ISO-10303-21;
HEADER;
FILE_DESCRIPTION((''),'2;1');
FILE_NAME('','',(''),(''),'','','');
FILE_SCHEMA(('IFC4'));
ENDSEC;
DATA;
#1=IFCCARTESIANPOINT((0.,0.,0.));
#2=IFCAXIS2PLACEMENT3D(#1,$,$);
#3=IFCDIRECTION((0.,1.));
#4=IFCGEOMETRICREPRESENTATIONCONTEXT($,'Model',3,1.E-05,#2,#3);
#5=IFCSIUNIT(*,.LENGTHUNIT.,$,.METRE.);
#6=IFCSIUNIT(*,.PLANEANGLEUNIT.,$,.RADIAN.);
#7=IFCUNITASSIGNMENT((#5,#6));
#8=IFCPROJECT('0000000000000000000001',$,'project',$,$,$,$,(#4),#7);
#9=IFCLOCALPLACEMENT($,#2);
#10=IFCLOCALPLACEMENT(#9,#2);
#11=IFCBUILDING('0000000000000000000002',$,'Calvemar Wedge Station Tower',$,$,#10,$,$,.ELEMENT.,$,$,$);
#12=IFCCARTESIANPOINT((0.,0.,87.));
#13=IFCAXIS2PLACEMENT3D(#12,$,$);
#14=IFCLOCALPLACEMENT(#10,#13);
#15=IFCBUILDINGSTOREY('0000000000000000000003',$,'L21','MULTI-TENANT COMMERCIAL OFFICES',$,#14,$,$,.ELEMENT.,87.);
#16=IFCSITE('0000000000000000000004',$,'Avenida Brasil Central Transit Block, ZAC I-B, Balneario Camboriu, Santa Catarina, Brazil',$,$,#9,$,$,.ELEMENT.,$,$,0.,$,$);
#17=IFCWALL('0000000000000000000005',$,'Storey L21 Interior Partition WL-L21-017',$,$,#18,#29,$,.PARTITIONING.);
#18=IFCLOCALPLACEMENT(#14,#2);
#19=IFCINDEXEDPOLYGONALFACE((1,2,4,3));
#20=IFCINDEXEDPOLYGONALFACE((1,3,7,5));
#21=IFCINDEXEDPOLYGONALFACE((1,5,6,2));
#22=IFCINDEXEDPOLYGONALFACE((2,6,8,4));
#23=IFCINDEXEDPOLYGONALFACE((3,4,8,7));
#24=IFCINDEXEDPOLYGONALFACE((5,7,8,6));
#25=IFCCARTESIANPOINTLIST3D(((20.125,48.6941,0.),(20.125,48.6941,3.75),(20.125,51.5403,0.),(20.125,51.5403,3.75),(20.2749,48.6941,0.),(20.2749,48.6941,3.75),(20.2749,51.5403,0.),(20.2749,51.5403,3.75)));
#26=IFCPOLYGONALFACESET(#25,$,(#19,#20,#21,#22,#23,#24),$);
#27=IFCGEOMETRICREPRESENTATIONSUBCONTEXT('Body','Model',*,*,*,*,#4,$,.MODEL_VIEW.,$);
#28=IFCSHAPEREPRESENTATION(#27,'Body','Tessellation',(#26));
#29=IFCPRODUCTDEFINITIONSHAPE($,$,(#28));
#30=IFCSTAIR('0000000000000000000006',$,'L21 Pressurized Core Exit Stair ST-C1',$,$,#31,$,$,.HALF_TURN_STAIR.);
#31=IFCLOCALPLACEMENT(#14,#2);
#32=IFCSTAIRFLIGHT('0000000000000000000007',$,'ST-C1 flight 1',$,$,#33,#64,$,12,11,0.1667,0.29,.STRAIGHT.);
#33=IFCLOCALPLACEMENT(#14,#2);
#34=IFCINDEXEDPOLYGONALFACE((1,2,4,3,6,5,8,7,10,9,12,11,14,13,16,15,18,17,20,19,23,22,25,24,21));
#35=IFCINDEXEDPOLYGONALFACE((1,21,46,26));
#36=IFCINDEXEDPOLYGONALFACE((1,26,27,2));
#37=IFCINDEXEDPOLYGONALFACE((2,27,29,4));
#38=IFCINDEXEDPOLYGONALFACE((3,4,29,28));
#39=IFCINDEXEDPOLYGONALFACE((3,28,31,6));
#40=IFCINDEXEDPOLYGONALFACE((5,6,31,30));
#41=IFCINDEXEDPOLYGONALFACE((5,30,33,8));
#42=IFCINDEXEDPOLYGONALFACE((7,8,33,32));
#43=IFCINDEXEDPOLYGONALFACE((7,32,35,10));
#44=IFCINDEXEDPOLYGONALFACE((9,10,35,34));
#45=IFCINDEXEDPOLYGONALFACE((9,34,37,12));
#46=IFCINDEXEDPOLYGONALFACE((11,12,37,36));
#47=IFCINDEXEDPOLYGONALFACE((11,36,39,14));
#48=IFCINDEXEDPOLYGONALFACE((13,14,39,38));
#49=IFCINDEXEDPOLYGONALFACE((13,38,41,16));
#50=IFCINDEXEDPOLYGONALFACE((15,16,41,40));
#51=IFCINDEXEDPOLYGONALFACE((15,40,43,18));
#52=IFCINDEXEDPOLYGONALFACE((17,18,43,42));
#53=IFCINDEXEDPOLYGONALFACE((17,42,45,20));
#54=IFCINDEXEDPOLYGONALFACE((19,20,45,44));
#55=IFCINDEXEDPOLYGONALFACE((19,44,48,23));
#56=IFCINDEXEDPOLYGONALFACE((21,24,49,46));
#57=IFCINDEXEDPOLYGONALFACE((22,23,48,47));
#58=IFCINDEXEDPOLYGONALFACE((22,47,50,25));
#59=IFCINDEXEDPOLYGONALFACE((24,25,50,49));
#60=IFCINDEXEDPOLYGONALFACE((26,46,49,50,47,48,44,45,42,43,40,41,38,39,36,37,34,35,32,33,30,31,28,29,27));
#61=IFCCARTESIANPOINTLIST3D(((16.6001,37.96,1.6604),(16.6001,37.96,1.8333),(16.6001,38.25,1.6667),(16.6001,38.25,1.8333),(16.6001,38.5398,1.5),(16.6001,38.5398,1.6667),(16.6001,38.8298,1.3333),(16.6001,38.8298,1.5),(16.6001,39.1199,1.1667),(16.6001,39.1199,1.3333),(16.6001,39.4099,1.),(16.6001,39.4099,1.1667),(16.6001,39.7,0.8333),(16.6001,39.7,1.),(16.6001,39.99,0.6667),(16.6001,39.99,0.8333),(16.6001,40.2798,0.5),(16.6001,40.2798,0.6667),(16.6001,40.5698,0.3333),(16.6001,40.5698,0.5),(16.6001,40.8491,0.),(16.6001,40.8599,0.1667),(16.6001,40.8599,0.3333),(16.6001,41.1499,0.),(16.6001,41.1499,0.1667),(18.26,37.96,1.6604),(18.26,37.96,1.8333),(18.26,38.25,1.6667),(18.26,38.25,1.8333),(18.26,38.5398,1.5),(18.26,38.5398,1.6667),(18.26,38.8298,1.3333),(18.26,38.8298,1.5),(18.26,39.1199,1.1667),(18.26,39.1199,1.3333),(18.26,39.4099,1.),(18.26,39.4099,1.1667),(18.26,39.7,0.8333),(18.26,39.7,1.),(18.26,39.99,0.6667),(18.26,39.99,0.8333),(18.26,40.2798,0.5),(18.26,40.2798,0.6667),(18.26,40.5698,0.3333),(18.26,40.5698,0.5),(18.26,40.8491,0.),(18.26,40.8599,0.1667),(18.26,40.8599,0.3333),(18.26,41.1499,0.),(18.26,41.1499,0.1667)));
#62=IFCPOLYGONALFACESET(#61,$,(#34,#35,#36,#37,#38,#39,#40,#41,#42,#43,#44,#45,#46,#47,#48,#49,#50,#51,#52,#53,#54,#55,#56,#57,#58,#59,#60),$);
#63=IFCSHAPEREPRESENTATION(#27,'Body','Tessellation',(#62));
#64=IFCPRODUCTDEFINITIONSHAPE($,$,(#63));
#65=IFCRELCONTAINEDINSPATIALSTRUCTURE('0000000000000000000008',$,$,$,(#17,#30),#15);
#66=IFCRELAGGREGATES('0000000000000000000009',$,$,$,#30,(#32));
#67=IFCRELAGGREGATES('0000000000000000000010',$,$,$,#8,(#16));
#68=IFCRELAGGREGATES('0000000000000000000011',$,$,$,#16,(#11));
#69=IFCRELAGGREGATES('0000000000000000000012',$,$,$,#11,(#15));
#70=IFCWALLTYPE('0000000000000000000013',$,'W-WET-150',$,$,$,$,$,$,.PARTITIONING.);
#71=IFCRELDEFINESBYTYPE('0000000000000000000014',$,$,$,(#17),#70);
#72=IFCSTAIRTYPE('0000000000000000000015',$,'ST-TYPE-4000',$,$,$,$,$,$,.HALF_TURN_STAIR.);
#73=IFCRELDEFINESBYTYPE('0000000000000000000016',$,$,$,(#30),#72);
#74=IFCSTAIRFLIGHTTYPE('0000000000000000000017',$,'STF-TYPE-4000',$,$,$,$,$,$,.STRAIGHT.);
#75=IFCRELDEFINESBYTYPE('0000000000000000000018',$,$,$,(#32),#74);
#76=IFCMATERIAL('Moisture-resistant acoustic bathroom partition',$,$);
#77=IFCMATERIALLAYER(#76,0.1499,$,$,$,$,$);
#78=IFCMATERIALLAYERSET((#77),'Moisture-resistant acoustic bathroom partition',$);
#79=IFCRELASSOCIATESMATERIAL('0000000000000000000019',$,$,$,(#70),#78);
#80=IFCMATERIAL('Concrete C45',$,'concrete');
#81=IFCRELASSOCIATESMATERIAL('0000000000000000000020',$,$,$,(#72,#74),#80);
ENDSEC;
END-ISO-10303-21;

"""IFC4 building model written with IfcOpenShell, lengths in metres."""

from ifc_helpers import new_model, si_unit, direction, frame, frame_2d, origin, place, context, subcontext, project, spatial, polyline, rectangle, outline, extrude, material, layer, layer_set, type_object, element, aggregate, save


model = new_model("IFC4")

# Units and contexts
model_context = context("Model", 3, precision=1e-05, world=origin(), true_north=direction((0.0, 1.0)))
body_context = subcontext(model_context, "Body", "Model", "MODEL_VIEW")
ifc_project = project(units=[si_unit("LENGTHUNIT", "METRE"), si_unit("PLANEANGLEUNIT", "RADIAN")], contexts=[model_context])

# Site, building, storey
site_placement = place(None, origin())
site = spatial("IfcSite", under=ifc_project, at=site_placement, Name="Avenida Brasil Central Transit Block, ZAC I-B, Balneario Camboriu, Santa Catarina, Brazil", CompositionType="ELEMENT", RefElevation=0.0)
building_placement = place(site_placement, origin())
building = spatial("IfcBuilding", under=site, at=building_placement, Name="Calvemar Wedge Station Tower", CompositionType="ELEMENT")
storey_placement = place(building_placement, frame((0.0, 0.0, 87.0)))
storey = spatial("IfcBuildingStorey", under=building, at=storey_placement, Name="L21", Description="MULTI-TENANT COMMERCIAL OFFICES", CompositionType="ELEMENT", Elevation=87.0)

# Wall
ifc_material_1 = material(Name="Moisture-resistant acoustic bathroom partition")
ifc_layer_1 = layer(ifc_material_1, 0.1499)
ifc_layer_set_1 = layer_set([ifc_layer_1], Name="Moisture-resistant acoustic bathroom partition")
wall_type_1 = type_object("IfcWallType", Name="W-WET-150", PredefinedType="PARTITIONING", material=ifc_layer_set_1)
wall_1_placement = place(storey_placement, frame((20.2, 51.5403, 0.0), z_axis=(0.0, 0.0, 1.0), x_axis=(0.0, -1.0, 0.0)))
element("IfcWall", 1, at=wall_1_placement, inside=storey, type_object=wall_type_1, Name="Storey L21 Interior Partition WL-L21-017", PredefinedType="PARTITIONING", context=body_context, shape_type="SweptSolid", body=[
    extrude(rectangle(XDim=2.8462, YDim=0.1499, at=frame_2d((1.4231, 0.0))), origin(), (0.0, 0.0, 1.0), 3.75),
])

# Stair, stair flight
ifc_material_2 = material(Name="Concrete C45", Category="concrete")
stair_type = type_object("IfcStairType", Name="ST-TYPE-4000", PredefinedType="HALF_TURN_STAIR", material=ifc_material_2)
stair_placement = place(storey_placement, origin())
stair = element("IfcStair", 2, at=stair_placement, inside=storey, type_object=stair_type, Name="L21 Pressurized Core Exit Stair ST-C1", PredefinedType="HALF_TURN_STAIR")
stair_flight_type = type_object("IfcStairFlightType", Name="STF-TYPE-4000", PredefinedType="STRAIGHT", material=ifc_material_2)
stair_flight_placement = place(storey_placement, frame((17.4299, 41.1499, 0.0), z_axis=(0.0, 0.0, 1.0), x_axis=(0.0, -1.0, 0.0)))
stair_flight = element("IfcStairFlight", 3, at=stair_flight_placement, type_object=stair_flight_type, Name="ST-C1 flight 1", NumberOfRisers=12, NumberOfTreads=11, PredefinedType="STRAIGHT", RiserHeight=0.1667, TreadLength=0.29, context=body_context, shape_type="SweptSolid", body=[
    extrude(outline(polyline([(0.0, 0.0), (0.0, 0.1667), (0.29, 0.1667), (0.29, 0.3333), (0.5801, 0.3333), (0.5801, 0.5), (0.8701, 0.5), (0.8701, 0.6667), (1.1599, 0.6667), (1.1599, 0.8333), (1.45, 0.8333), (1.45, 1.0), (1.74, 1.0), (1.74, 1.1667), (2.03, 1.1667), (2.03, 1.3333), (2.3201, 1.3333), (2.3201, 1.5), (2.6101, 1.5), (2.6101, 1.6667), (2.8999, 1.6667), (2.8999, 1.8333), (3.1899, 1.8333), (3.1899, 2.0), (3.1899, 1.6604), (0.3008, 0.0), (0.0, 0.0)])), frame((0.0, 0.8301, 0.0), z_axis=(0.0, -1.0, 0.0), x_axis=(1.0, 0.0, 0.0)), (0.0, 0.0, 1.0), 1.6599),
])
aggregate(stair, [stair_flight])

save(model, "model.ifc")
